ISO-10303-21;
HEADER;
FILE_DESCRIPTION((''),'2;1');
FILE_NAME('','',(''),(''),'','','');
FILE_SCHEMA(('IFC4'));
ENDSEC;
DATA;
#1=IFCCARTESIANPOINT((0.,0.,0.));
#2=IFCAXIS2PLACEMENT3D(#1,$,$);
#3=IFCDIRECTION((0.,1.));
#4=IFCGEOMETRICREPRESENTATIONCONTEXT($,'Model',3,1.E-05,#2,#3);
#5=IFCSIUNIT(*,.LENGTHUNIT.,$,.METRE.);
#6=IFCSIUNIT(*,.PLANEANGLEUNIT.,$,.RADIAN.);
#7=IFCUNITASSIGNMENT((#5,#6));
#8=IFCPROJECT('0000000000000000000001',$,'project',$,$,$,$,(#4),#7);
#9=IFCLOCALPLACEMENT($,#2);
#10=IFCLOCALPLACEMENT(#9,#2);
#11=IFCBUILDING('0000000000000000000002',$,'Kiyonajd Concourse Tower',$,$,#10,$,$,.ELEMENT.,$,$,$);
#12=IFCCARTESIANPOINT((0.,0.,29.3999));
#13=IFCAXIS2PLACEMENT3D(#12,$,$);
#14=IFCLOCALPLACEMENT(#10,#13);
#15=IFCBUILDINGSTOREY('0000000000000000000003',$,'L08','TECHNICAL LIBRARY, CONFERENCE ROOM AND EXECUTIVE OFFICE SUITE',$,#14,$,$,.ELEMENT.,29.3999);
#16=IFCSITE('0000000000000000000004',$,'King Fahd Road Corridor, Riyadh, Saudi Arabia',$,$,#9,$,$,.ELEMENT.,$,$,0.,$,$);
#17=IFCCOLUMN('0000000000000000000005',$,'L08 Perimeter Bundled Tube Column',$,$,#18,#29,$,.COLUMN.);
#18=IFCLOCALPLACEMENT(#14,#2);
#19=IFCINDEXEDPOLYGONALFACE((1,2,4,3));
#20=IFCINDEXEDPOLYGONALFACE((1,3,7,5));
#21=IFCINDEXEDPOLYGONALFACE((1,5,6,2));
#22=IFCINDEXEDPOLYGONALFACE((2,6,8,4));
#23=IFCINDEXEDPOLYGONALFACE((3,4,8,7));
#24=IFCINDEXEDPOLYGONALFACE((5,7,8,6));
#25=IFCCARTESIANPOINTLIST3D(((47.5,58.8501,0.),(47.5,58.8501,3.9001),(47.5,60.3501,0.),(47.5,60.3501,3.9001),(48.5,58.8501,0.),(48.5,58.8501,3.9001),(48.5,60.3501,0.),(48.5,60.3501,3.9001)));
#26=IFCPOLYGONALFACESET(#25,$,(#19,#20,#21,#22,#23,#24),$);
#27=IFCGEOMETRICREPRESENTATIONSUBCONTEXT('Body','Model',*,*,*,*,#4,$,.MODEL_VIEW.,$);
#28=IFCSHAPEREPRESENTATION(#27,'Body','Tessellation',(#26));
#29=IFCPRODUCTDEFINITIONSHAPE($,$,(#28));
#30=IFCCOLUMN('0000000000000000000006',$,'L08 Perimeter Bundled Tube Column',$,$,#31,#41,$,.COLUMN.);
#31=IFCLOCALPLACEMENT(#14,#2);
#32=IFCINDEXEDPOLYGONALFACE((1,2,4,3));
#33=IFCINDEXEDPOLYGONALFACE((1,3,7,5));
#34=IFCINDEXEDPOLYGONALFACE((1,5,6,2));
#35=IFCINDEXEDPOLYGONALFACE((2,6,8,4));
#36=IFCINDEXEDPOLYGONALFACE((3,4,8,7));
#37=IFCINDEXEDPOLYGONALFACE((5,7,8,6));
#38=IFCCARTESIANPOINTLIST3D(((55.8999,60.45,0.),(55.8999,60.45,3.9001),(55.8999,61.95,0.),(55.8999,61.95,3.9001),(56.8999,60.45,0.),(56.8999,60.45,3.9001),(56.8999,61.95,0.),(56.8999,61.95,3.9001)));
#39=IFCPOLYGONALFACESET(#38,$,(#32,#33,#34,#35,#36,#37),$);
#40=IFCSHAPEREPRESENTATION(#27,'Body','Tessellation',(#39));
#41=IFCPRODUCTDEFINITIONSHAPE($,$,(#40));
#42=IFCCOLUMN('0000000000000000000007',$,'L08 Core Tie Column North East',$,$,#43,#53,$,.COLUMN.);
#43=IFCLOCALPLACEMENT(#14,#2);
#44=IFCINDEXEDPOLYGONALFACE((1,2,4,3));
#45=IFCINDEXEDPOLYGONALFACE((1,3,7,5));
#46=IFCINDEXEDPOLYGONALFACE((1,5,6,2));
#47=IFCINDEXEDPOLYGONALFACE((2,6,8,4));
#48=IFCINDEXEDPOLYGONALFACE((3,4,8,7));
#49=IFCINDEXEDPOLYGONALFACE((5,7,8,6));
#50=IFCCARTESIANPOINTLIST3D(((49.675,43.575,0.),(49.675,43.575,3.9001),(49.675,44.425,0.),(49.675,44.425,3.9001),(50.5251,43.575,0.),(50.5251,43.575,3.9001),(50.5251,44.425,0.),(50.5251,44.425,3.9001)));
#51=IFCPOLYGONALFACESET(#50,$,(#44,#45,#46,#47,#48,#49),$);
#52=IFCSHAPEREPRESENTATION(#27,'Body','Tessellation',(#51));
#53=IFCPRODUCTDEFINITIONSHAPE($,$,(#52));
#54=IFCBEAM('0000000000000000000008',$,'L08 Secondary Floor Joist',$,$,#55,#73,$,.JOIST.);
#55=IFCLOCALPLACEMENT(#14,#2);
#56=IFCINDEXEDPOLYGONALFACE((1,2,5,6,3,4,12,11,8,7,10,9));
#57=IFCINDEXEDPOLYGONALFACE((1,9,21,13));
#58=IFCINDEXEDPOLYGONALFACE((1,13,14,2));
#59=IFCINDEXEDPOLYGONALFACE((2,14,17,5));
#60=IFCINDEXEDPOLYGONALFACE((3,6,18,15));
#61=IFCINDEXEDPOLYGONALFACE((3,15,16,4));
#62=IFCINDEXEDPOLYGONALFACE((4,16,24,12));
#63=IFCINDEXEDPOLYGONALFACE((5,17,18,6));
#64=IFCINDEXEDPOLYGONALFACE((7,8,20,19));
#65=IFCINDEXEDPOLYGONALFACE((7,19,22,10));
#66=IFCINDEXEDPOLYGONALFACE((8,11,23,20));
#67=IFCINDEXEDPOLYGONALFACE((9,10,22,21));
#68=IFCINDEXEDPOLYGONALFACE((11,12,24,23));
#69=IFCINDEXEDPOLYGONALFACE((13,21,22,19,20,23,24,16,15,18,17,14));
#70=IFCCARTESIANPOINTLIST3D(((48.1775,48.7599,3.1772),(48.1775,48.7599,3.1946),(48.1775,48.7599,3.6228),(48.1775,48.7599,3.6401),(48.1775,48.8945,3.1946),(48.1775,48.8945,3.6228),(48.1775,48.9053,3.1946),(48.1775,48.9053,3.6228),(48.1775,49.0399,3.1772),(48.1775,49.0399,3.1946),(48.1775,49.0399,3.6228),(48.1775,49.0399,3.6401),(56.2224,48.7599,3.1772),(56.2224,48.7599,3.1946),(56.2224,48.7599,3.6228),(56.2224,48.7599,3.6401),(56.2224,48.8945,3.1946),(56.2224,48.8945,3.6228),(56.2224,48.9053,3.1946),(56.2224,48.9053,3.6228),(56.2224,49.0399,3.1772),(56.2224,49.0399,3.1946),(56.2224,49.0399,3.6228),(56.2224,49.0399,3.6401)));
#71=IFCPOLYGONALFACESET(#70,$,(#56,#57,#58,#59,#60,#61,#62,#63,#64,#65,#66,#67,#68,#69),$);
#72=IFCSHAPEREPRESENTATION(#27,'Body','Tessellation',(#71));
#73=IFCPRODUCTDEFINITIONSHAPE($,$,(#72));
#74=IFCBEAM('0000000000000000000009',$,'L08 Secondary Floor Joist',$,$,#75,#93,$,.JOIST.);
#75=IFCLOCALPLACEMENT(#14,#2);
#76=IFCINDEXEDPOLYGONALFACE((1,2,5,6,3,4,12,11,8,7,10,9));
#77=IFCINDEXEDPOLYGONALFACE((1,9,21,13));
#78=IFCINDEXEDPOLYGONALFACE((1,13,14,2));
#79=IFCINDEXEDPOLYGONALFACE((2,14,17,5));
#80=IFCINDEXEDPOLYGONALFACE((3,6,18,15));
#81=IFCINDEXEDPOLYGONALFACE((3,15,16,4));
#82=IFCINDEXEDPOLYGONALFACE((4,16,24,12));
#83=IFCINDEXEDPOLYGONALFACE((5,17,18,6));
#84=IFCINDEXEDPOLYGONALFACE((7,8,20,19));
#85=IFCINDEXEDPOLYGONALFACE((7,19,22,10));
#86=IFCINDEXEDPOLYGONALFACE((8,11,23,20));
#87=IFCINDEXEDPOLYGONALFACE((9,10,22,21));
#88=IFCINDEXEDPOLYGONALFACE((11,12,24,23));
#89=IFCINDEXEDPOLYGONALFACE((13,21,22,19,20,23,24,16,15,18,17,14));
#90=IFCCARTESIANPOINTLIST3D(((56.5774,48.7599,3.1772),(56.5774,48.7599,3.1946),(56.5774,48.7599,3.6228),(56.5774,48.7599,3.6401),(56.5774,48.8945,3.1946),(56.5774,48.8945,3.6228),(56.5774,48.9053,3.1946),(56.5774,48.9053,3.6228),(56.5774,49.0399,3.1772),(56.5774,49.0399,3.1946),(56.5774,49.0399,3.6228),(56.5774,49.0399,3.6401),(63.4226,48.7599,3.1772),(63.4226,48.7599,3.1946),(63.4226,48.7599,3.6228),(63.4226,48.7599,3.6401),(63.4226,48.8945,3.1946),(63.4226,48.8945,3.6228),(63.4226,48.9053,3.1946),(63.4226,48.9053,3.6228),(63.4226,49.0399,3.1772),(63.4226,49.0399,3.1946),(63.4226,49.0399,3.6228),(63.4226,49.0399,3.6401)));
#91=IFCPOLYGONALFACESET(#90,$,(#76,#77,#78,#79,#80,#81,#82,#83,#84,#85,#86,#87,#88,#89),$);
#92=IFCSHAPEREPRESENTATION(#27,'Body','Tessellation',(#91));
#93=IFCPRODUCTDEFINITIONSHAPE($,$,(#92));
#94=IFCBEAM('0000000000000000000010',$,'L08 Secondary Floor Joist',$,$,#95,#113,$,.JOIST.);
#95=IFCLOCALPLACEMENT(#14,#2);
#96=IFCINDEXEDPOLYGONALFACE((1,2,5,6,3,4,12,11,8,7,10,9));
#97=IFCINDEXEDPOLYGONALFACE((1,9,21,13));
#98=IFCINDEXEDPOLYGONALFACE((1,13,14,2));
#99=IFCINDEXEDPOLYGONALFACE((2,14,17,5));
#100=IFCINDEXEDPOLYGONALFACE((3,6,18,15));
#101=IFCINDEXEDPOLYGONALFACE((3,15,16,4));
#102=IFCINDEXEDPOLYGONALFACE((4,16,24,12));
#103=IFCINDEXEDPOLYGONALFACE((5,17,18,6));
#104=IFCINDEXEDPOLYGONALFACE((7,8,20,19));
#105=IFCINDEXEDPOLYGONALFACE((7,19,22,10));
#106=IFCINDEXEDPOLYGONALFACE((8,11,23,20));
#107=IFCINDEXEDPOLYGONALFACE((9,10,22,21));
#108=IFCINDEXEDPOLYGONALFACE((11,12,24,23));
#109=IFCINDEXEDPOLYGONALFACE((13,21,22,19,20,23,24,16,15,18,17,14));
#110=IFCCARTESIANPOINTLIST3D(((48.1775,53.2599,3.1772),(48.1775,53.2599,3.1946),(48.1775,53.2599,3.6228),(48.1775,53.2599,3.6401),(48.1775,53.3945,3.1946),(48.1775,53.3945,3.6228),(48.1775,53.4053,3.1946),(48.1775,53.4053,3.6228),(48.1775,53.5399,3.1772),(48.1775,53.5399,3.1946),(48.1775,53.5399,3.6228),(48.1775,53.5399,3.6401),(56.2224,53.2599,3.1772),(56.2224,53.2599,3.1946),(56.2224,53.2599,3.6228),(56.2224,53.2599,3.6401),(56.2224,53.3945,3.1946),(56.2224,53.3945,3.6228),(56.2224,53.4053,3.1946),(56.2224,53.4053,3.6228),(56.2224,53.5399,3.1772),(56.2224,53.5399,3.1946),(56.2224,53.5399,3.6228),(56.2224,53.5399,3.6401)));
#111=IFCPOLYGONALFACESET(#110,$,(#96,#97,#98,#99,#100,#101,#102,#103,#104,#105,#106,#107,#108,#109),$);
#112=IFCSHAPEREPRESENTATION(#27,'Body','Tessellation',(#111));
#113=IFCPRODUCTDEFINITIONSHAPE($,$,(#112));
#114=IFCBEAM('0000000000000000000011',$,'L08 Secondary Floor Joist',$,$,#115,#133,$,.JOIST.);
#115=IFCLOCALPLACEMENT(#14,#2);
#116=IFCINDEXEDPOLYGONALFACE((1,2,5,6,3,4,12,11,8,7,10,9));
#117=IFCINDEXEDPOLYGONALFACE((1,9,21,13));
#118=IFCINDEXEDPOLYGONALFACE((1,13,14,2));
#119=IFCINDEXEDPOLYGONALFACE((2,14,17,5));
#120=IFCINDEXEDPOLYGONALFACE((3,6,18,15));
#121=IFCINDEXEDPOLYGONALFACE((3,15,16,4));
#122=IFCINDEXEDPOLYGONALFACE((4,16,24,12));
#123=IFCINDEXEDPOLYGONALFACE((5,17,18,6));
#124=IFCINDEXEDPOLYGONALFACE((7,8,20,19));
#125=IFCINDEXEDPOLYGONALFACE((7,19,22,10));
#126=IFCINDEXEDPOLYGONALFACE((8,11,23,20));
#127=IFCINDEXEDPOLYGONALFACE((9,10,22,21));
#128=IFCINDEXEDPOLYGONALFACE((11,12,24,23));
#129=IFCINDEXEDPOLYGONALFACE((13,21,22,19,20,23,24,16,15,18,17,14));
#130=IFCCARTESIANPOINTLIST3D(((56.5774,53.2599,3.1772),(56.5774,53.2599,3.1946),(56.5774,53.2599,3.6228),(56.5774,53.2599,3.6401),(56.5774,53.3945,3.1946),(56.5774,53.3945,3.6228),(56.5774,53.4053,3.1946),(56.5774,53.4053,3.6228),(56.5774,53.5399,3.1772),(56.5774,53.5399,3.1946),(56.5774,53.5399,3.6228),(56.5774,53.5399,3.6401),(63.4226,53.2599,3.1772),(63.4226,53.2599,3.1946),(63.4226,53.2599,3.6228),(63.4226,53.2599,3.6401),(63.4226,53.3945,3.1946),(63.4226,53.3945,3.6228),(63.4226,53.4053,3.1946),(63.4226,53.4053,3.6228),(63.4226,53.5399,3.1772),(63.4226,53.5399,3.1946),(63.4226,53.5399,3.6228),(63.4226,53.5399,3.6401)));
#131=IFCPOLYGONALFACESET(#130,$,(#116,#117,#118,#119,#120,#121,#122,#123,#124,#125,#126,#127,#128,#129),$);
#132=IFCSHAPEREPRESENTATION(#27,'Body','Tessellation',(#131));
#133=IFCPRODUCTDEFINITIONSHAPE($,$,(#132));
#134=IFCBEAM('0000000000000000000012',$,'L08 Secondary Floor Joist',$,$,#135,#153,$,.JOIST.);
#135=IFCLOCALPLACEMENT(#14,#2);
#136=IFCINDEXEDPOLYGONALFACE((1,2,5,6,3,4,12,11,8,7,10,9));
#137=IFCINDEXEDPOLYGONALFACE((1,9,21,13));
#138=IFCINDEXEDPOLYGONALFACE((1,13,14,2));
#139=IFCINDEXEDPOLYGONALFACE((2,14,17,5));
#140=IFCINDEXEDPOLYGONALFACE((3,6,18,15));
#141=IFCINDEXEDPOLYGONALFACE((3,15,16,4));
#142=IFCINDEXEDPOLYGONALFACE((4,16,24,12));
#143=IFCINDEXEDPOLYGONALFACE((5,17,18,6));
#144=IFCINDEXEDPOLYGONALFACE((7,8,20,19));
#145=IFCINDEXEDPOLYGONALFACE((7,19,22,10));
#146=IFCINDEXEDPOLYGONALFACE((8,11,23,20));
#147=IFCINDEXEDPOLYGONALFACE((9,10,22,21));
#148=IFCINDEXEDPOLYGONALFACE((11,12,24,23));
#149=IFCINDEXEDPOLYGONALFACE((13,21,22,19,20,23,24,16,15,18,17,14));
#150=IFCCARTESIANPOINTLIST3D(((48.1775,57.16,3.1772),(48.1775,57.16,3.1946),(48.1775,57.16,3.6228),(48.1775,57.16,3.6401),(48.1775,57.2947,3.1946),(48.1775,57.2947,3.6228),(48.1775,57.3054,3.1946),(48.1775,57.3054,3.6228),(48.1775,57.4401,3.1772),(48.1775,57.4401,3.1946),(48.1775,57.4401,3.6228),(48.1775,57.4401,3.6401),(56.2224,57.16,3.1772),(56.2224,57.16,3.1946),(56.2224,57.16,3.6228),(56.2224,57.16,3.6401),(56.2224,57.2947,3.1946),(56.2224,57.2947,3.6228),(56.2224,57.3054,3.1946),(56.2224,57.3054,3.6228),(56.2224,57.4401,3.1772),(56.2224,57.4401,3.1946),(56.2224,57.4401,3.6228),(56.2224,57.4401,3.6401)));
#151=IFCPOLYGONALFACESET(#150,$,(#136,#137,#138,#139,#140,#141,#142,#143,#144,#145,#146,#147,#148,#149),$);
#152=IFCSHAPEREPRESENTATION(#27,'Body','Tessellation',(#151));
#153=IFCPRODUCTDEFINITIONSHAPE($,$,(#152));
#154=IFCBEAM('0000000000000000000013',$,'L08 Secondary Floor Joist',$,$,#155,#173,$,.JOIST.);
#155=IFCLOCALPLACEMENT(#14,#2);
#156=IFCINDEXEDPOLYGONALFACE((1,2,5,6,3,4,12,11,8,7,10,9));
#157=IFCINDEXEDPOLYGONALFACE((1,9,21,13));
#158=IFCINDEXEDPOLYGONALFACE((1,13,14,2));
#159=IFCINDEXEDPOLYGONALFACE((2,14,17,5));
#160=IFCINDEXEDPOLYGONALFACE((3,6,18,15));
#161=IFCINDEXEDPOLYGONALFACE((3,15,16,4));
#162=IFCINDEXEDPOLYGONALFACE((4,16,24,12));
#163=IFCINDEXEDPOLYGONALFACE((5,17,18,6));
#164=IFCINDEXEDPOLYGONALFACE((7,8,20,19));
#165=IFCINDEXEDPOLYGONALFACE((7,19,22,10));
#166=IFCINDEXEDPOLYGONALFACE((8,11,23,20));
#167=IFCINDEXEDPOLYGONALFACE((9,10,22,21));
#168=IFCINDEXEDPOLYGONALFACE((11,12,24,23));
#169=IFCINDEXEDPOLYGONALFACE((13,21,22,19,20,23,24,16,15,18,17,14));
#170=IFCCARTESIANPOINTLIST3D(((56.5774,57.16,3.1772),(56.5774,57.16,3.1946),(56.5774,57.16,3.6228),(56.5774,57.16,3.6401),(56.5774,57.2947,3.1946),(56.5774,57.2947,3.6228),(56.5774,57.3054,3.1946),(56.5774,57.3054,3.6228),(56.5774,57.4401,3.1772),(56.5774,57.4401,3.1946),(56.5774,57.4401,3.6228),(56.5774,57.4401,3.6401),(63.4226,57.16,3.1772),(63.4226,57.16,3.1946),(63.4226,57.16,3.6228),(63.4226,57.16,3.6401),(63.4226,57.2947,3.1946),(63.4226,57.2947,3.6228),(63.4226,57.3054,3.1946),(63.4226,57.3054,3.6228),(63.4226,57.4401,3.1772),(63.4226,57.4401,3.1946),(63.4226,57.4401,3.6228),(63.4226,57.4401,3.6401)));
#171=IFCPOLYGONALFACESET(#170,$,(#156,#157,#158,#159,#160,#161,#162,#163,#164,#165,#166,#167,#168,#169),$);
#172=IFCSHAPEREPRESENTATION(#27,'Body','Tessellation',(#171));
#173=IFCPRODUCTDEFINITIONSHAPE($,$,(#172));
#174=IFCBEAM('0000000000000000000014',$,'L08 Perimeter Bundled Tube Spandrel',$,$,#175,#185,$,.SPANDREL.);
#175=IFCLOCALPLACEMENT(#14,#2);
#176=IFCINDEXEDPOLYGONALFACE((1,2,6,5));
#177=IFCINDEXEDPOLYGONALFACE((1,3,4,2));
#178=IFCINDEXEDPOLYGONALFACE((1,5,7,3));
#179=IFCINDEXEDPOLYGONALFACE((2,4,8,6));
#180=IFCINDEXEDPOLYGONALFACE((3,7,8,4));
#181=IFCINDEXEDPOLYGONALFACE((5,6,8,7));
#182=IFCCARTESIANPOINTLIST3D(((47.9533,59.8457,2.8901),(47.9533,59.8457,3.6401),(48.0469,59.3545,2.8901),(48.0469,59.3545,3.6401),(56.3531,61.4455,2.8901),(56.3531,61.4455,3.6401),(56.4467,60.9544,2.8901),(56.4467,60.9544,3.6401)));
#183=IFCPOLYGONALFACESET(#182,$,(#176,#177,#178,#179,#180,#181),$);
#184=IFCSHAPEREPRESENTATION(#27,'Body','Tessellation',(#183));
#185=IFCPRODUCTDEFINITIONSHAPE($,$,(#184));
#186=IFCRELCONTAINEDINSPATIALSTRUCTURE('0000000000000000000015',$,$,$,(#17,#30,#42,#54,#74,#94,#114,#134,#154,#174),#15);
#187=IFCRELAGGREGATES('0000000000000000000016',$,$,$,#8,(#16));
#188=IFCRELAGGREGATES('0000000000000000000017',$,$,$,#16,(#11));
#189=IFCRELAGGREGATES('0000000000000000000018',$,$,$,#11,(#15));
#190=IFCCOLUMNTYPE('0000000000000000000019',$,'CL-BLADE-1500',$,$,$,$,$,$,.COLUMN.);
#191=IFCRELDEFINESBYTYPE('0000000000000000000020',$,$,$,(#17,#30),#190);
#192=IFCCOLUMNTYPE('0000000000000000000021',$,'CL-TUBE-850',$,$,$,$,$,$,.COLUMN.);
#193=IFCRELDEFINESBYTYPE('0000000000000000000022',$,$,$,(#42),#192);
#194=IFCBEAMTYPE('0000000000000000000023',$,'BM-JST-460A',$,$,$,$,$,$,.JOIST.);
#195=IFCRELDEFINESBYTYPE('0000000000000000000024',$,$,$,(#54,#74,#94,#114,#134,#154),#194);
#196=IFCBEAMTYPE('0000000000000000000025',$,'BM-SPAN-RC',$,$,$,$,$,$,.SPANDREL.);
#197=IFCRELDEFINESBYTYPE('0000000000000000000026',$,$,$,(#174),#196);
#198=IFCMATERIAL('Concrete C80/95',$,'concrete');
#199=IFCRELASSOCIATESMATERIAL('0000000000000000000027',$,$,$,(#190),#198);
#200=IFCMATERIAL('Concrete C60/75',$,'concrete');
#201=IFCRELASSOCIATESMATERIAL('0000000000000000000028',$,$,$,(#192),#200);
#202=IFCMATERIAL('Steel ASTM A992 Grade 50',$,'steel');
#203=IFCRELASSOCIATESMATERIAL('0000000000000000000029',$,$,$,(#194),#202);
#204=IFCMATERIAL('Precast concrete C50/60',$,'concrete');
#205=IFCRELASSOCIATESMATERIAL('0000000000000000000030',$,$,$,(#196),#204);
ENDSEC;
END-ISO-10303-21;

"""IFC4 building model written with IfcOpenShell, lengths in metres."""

from ifc_helpers import new_model, si_unit, direction, frame, origin, origin_2d, place, context, subcontext, project, spatial, rectangle, i_section, extrude, material, material_profile, profile_set, type_object, element, save


model = new_model("IFC4")

# Units and contexts
model_context = context("Model", 3, precision=1e-05, world=origin(), true_north=direction((0.0, 1.0)))
body_context = subcontext(model_context, "Body", "Model", "MODEL_VIEW")
ifc_project = project(units=[si_unit("LENGTHUNIT", "METRE"), si_unit("PLANEANGLEUNIT", "RADIAN")], contexts=[model_context])

# Site, building, storey
site_placement = place(None, origin())
site = spatial("IfcSite", under=ifc_project, at=site_placement, Name="King Fahd Road Corridor, Riyadh, Saudi Arabia", CompositionType="ELEMENT", RefElevation=0.0)
building_placement = place(site_placement, origin())
building = spatial("IfcBuilding", under=site, at=building_placement, Name="Kiyonajd Concourse Tower", CompositionType="ELEMENT")
storey_placement = place(building_placement, frame((0.0, 0.0, 29.3999)))
storey = spatial("IfcBuildingStorey", under=building, at=storey_placement, Name="L08", Description="TECHNICAL LIBRARY, CONFERENCE ROOM AND EXECUTIVE OFFICE SUITE", CompositionType="ELEMENT", Elevation=29.3999)

# Columns
ifc_material_1 = material(Name="Concrete C80/95", Category="concrete")
ifc_material_profile_1 = material_profile(ifc_material_1, rectangle(XDim=1.0, YDim=1.5, at=origin_2d()), Name="RC-1500x1000")
ifc_profile_set_1 = profile_set([ifc_material_profile_1], Name="Concrete C80/95")
column_type_1 = type_object("IfcColumnType", Name="CL-BLADE-1500", PredefinedType="COLUMN", material=ifc_profile_set_1)
for number, where, z_axis, x_axis, name in (
    (1, (48.0, 59.6001, 0.0), (0.0, 0.0, 1.0), (1.0, 0.0, 0.0), "L08 Perimeter Bundled Tube Column"),
    (2, (56.3999, 61.2, 0.0), (0.0, 0.0, 1.0), (1.0, 0.0, 0.0), "L08 Perimeter Bundled Tube Column"),
):
    element("IfcColumn", number, at=place(storey_placement, frame(where, z_axis=z_axis, x_axis=x_axis)), inside=storey, type_object=column_type_1, Name=name, PredefinedType="COLUMN", context=body_context, shape_type="SweptSolid", body=[
        extrude(rectangle(XDim=1.0, YDim=1.5, at=origin_2d()), origin(), (0.0, 0.0, 1.0), 3.9001),
    ])
ifc_material_2 = material(Name="Concrete C60/75", Category="concrete")
ifc_material_profile_2 = material_profile(ifc_material_2, rectangle(XDim=0.8501, YDim=0.8501, at=origin_2d()), Name="RC-850x850")
ifc_profile_set_2 = profile_set([ifc_material_profile_2], Name="Concrete C60/75")
column_type_2 = type_object("IfcColumnType", Name="CL-TUBE-850", PredefinedType="COLUMN", material=ifc_profile_set_2)
column_placement = place(storey_placement, frame((50.1001, 44.0, 0.0), z_axis=(0.0, 0.0, 1.0), x_axis=(1.0, 0.0, 0.0)))
element("IfcColumn", 3, at=column_placement, inside=storey, type_object=column_type_2, Name="L08 Core Tie Column North East", PredefinedType="COLUMN", context=body_context, shape_type="SweptSolid", body=[
    extrude(rectangle(XDim=0.8501, YDim=0.8501, at=origin_2d()), origin(), (0.0, 0.0, 1.0), 3.9001),
])

# Beams
ifc_material_3 = material(Name="Steel ASTM A992 Grade 50", Category="steel")
ifc_material_profile_3 = material_profile(ifc_material_3, i_section(OverallWidth=0.28, OverallDepth=0.4629, WebThickness=0.0107, FlangeThickness=0.0173, at=origin_2d()), Name="W460X113")
ifc_profile_set_3 = profile_set([ifc_material_profile_3], Name="Steel ASTM A992 Grade 50")
beam_type_1 = type_object("IfcBeamType", Name="BM-JST-460A", PredefinedType="JOIST", material=ifc_profile_set_3)
beam_1_placement = place(storey_placement, frame((48.1775, 48.8999, 3.4087), z_axis=(1.0, 0.0, 0.0), x_axis=(0.0, 1.0, 0.0)))
element("IfcBeam", 4, at=beam_1_placement, inside=storey, type_object=beam_type_1, Name="L08 Secondary Floor Joist", PredefinedType="JOIST", context=body_context, shape_type="SweptSolid", body=[
    extrude(i_section(OverallWidth=0.28, OverallDepth=0.4629, WebThickness=0.0107, FlangeThickness=0.0173, at=origin_2d()), origin(), (0.0, 0.0, 1.0), 8.0449),
])
beam_2_placement = place(storey_placement, frame((56.5774, 48.8999, 3.4087), z_axis=(1.0, 0.0, 0.0), x_axis=(0.0, 1.0, 0.0)))
element("IfcBeam", 5, at=beam_2_placement, inside=storey, type_object=beam_type_1, Name="L08 Secondary Floor Joist", PredefinedType="JOIST", context=body_context, shape_type="SweptSolid", body=[
    extrude(i_section(OverallWidth=0.28, OverallDepth=0.4629, WebThickness=0.0107, FlangeThickness=0.0173, at=origin_2d()), origin(), (0.0, 0.0, 1.0), 6.8452),
])
beam_3_placement = place(storey_placement, frame((48.1775, 53.3999, 3.4087), z_axis=(1.0, 0.0, 0.0), x_axis=(0.0, 1.0, 0.0)))
element("IfcBeam", 6, at=beam_3_placement, inside=storey, type_object=beam_type_1, Name="L08 Secondary Floor Joist", PredefinedType="JOIST", context=body_context, shape_type="SweptSolid", body=[
    extrude(i_section(OverallWidth=0.28, OverallDepth=0.4629, WebThickness=0.0107, FlangeThickness=0.0173, at=origin_2d()), origin(), (0.0, 0.0, 1.0), 8.0449),
])
beam_4_placement = place(storey_placement, frame((56.5774, 53.3999, 3.4087), z_axis=(1.0, 0.0, 0.0), x_axis=(0.0, 1.0, 0.0)))
element("IfcBeam", 7, at=beam_4_placement, inside=storey, type_object=beam_type_1, Name="L08 Secondary Floor Joist", PredefinedType="JOIST", context=body_context, shape_type="SweptSolid", body=[
    extrude(i_section(OverallWidth=0.28, OverallDepth=0.4629, WebThickness=0.0107, FlangeThickness=0.0173, at=origin_2d()), origin(), (0.0, 0.0, 1.0), 6.8452),
])
beam_5_placement = place(storey_placement, frame((48.1775, 57.3, 3.4087), z_axis=(1.0, 0.0, 0.0), x_axis=(0.0, 1.0, 0.0)))
element("IfcBeam", 8, at=beam_5_placement, inside=storey, type_object=beam_type_1, Name="L08 Secondary Floor Joist", PredefinedType="JOIST", context=body_context, shape_type="SweptSolid", body=[
    extrude(i_section(OverallWidth=0.28, OverallDepth=0.4629, WebThickness=0.0107, FlangeThickness=0.0173, at=origin_2d()), origin(), (0.0, 0.0, 1.0), 8.0449),
])
beam_6_placement = place(storey_placement, frame((56.5774, 57.3, 3.4087), z_axis=(1.0, 0.0, 0.0), x_axis=(0.0, 1.0, 0.0)))
element("IfcBeam", 9, at=beam_6_placement, inside=storey, type_object=beam_type_1, Name="L08 Secondary Floor Joist", PredefinedType="JOIST", context=body_context, shape_type="SweptSolid", body=[
    extrude(i_section(OverallWidth=0.28, OverallDepth=0.4629, WebThickness=0.0107, FlangeThickness=0.0173, at=origin_2d()), origin(), (0.0, 0.0, 1.0), 6.8452),
])
ifc_material_4 = material(Name="Precast concrete C50/60", Category="concrete")
ifc_material_profile_4 = material_profile(ifc_material_4, rectangle(XDim=0.5, YDim=0.75, at=origin_2d()), Name="RCBM-500x750")
ifc_profile_set_4 = profile_set([ifc_material_profile_4], Name="Precast concrete C50/60")
beam_type_2 = type_object("IfcBeamType", Name="BM-SPAN-RC", PredefinedType="SPANDREL", material=ifc_profile_set_4)
for number, where, z_axis, x_axis, name in (
    (10, (56.3999, 61.2, 3.2651), (-0.982341, -0.187098, 0.0), (0.187098, -0.982341, 0.0), "L08 Perimeter Bundled Tube Spandrel"),
):
    element("IfcBeam", number, at=place(storey_placement, frame(where, z_axis=z_axis, x_axis=x_axis)), inside=storey, type_object=beam_type_2, Name=name, PredefinedType="SPANDREL", context=body_context, shape_type="SweptSolid", body=[
        extrude(rectangle(XDim=0.5, YDim=0.75, at=origin_2d()), origin(), (0.0, 0.0, 1.0), 8.5508),
    ])

save(model, "model.ifc")
